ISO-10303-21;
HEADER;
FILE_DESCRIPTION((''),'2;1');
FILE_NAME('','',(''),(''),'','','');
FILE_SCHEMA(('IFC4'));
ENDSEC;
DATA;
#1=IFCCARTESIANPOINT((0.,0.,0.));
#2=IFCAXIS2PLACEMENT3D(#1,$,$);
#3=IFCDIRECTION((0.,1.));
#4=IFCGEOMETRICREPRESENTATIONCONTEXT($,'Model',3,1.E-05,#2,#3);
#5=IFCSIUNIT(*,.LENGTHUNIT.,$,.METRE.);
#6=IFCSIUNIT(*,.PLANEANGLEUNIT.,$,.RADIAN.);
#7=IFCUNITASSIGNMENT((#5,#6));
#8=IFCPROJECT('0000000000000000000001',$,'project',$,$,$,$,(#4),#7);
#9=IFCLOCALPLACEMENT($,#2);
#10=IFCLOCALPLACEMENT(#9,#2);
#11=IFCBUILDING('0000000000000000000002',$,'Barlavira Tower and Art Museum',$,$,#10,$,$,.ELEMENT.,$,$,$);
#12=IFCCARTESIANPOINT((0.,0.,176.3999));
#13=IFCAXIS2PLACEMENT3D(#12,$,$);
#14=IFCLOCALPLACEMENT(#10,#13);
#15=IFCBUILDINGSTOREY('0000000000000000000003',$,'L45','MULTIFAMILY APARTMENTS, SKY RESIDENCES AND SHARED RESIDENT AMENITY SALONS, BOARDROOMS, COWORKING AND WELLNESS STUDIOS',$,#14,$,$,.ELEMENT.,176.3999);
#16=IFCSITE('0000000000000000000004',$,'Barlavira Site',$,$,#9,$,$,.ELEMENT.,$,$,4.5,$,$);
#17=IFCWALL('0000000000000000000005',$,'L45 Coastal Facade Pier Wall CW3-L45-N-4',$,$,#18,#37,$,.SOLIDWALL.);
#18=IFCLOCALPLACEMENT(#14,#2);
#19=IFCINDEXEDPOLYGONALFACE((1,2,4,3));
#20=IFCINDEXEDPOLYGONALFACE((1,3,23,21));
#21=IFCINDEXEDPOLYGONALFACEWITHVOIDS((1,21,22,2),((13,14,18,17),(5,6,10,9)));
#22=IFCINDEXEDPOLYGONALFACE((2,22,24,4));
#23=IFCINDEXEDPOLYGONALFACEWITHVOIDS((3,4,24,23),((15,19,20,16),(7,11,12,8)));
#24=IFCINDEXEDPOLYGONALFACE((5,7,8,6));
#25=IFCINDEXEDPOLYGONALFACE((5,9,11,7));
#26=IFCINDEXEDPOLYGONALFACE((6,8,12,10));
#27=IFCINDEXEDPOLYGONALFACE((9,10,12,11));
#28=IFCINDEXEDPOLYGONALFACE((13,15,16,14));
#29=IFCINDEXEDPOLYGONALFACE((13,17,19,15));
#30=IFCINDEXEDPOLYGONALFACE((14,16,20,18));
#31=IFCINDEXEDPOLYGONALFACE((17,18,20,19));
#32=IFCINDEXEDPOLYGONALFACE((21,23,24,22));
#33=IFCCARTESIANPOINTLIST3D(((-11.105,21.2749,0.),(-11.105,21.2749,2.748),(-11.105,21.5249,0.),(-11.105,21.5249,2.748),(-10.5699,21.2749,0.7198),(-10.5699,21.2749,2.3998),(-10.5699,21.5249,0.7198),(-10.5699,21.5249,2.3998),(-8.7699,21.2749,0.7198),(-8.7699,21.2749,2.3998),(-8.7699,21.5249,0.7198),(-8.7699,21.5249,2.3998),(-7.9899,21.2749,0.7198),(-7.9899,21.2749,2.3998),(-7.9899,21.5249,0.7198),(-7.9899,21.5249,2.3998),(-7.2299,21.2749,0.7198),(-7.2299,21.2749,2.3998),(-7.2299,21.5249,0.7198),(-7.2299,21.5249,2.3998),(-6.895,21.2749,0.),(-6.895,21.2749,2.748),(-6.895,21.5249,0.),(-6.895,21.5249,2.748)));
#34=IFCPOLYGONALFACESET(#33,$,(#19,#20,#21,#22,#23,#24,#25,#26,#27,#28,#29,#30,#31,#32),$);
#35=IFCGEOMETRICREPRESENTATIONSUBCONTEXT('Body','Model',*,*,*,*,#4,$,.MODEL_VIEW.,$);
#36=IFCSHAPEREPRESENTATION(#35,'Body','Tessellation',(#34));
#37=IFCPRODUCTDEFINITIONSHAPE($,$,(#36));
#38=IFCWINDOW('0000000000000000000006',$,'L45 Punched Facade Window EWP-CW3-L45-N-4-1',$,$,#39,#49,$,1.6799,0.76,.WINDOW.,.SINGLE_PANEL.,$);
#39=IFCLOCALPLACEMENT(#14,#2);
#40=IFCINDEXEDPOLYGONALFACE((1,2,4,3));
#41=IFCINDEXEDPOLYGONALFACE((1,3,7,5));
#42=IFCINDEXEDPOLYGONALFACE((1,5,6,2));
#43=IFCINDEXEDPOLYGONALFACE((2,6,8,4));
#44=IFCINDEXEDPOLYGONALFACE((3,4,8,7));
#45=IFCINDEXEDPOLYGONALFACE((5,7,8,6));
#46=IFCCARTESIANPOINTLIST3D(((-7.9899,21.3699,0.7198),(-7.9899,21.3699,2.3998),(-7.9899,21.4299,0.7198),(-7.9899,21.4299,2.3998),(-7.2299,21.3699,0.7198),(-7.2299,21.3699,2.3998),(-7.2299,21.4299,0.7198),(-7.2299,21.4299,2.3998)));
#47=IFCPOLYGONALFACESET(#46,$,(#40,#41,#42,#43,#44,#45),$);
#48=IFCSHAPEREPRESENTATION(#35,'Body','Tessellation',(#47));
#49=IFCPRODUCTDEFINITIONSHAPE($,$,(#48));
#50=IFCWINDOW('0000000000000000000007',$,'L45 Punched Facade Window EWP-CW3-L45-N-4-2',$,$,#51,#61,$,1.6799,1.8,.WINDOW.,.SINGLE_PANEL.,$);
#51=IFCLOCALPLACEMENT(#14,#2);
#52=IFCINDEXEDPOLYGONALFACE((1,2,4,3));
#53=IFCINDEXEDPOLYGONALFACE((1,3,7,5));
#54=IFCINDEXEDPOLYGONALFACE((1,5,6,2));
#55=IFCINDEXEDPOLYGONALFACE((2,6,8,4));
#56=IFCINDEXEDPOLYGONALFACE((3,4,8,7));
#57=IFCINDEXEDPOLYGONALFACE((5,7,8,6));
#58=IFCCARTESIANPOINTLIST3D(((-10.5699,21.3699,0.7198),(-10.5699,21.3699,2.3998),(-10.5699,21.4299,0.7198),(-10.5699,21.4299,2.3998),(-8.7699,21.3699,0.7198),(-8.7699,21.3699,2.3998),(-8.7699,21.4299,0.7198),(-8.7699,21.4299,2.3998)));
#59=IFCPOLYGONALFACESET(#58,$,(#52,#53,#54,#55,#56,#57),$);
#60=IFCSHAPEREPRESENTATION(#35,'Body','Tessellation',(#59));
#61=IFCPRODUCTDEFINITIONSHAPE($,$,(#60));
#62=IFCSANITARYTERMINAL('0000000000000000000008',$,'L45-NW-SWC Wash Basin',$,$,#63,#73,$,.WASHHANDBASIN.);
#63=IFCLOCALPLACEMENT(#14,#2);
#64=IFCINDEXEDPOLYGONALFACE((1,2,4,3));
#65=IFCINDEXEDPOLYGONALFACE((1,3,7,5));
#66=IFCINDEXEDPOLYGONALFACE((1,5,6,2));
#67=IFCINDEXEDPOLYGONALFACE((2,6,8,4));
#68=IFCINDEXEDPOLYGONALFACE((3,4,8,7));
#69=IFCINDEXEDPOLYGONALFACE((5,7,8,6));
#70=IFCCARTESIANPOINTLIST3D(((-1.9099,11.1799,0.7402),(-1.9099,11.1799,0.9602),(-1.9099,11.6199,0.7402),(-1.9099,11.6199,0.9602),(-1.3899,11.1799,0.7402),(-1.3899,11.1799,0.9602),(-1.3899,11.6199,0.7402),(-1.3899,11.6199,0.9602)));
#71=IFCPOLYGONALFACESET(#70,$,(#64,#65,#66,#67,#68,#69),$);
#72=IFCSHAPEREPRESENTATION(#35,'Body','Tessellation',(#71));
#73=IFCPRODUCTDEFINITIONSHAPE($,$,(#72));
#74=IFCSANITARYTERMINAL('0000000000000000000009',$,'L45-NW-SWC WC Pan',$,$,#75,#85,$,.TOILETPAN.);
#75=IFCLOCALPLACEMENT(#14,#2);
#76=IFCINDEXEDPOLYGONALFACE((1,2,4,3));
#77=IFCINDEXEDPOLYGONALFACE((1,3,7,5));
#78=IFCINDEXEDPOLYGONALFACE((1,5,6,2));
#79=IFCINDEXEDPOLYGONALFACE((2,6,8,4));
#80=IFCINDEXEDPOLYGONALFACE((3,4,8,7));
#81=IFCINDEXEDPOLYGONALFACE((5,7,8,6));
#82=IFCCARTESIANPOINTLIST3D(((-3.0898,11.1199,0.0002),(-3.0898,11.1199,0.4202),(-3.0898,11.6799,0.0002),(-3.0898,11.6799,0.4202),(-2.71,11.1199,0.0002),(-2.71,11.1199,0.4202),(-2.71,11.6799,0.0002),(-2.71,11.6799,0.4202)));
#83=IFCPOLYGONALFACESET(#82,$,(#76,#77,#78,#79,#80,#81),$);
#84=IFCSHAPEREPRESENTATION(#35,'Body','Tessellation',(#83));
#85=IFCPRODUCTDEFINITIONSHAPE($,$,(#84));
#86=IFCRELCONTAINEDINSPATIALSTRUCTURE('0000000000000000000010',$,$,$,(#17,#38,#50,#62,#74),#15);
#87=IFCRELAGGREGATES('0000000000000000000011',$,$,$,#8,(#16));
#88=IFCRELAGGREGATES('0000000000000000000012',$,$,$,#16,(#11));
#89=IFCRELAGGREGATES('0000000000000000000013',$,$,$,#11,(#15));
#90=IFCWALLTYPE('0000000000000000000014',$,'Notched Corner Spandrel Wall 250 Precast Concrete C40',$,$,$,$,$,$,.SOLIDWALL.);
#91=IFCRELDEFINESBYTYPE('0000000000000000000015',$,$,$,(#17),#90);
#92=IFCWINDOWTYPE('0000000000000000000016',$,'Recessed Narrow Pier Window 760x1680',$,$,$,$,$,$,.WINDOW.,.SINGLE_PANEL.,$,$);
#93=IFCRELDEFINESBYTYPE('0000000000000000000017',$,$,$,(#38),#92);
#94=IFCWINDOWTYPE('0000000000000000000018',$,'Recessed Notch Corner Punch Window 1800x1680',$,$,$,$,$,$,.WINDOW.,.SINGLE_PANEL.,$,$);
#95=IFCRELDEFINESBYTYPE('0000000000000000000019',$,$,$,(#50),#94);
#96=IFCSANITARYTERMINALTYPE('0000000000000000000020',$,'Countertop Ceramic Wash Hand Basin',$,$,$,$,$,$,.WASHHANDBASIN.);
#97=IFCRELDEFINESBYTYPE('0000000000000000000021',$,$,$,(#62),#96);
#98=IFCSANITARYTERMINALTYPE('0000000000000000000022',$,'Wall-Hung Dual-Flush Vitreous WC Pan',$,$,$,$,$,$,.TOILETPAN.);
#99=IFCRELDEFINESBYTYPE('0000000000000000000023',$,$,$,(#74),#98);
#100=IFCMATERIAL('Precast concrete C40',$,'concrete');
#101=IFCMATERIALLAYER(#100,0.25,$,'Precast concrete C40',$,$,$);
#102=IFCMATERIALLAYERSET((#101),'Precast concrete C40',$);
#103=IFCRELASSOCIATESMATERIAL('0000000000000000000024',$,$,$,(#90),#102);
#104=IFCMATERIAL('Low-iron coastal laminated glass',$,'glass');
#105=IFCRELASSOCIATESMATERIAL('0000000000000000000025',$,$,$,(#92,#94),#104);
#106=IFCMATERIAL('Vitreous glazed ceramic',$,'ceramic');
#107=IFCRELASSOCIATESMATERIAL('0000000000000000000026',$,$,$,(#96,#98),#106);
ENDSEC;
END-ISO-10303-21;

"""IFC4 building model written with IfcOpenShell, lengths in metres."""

from ifc_helpers import new_model, si_unit, direction, frame, frame_2d, origin, origin_2d, place, context, subcontext, project, spatial, rectangle, extrude, material, layer, layer_set, type_object, element, fill, save


model = new_model("IFC4")

# Units and contexts
model_context = context("Model", 3, precision=1e-05, world=origin(), true_north=direction((0.0, 1.0)))
body_context = subcontext(model_context, "Body", "Model", "MODEL_VIEW")
ifc_project = project(units=[si_unit("LENGTHUNIT", "METRE"), si_unit("PLANEANGLEUNIT", "RADIAN")], contexts=[model_context])

# Site, building, storey
site_placement = place(None, origin())
site = spatial("IfcSite", under=ifc_project, at=site_placement, Name="Barlavira Site", CompositionType="ELEMENT", RefElevation=4.5)
building_placement = place(site_placement, origin())
building = spatial("IfcBuilding", under=site, at=building_placement, Name="Barlavira Tower and Art Museum", CompositionType="ELEMENT")
storey_placement = place(building_placement, frame((0.0, 0.0, 176.3999)))
storey = spatial("IfcBuildingStorey", under=building, at=storey_placement, Name="L45", Description="MULTIFAMILY APARTMENTS, SKY RESIDENCES AND SHARED RESIDENT AMENITY SALONS, BOARDROOMS, COWORKING AND WELLNESS STUDIOS", CompositionType="ELEMENT", Elevation=176.3999)

# Shared definitions
ifc_material_1 = material(Name="Low-iron coastal laminated glass", Category="glass")

# Wall, openings, windows
ifc_material_2 = material(Name="Precast concrete C40", Category="concrete")
ifc_layer_1 = layer(ifc_material_2, 0.25, Name="Precast concrete C40")
ifc_layer_set_1 = layer_set([ifc_layer_1], Name="Precast concrete C40")
wall_type_1 = type_object("IfcWallType", Name="Notched Corner Spandrel Wall 250 Precast Concrete C40", PredefinedType="SOLIDWALL", material=ifc_layer_set_1)
wall_1_placement = place(storey_placement, frame((-6.895, 21.3999, 0.0), z_axis=(0.0, 0.0, 1.0), x_axis=(-1.0, 0.0, 0.0)))
wall_1 = element("IfcWall", 1, at=wall_1_placement, inside=storey, type_object=wall_type_1, Name="L45 Coastal Facade Pier Wall CW3-L45-N-4", PredefinedType="SOLIDWALL", context=body_context, shape_type="SweptSolid", body=[
    extrude(rectangle(XDim=4.21, YDim=0.25, at=frame_2d((2.105, 0.0))), origin(), (0.0, 0.0, 1.0), 2.748),
])
opening_1_placement = place(wall_1_placement, frame((0.335, 0.0, 0.72)))
opening_1 = element("IfcOpeningElement", 2, at=opening_1_placement, cuts=wall_1, PredefinedType="OPENING", context=body_context, shape_type="SweptSolid", body=[
    extrude(rectangle(XDim=0.76, YDim=1.6799, at=frame_2d((0.3799, 0.8398))), frame((0.0, 0.135, 0.0), z_axis=(0.0, -1.0, 0.0), x_axis=(1.0, 0.0, 0.0)), (0.0, 0.0, 1.0), 0.27),
])
opening_2_placement = place(wall_1_placement, frame((1.875, 0.0, 0.72)))
opening_2 = element("IfcOpeningElement", 3, at=opening_2_placement, cuts=wall_1, PredefinedType="OPENING", context=body_context, shape_type="SweptSolid", body=[
    extrude(rectangle(XDim=1.8, YDim=1.6799, at=frame_2d((0.8999, 0.8398))), frame((0.0, 0.135, 0.0), z_axis=(0.0, -1.0, 0.0), x_axis=(1.0, 0.0, 0.0)), (0.0, 0.0, 1.0), 0.27),
])
window_type_1 = type_object("IfcWindowType", Name="Recessed Narrow Pier Window 760x1680", PartitioningType="SINGLE_PANEL", PredefinedType="WINDOW", material=ifc_material_1)
window_1_placement = place(opening_1_placement, origin())
window_1 = element("IfcWindow", 4, at=window_1_placement, inside=storey, type_object=window_type_1, Name="L45 Punched Facade Window EWP-CW3-L45-N-4-1", OverallHeight=1.6799, OverallWidth=0.76, PartitioningType="SINGLE_PANEL", PredefinedType="WINDOW", context=body_context, shape_type="SweptSolid", body=[
    extrude(rectangle(XDim=0.76, YDim=1.6799, at=frame_2d((0.3799, 0.8398))), frame((0.0, 0.03, 0.0), z_axis=(0.0, -1.0, 0.0), x_axis=(1.0, 0.0, 0.0)), (0.0, 0.0, 1.0), 0.0601),
])
fill(opening_1, window_1)
window_type_2 = type_object("IfcWindowType", Name="Recessed Notch Corner Punch Window 1800x1680", PartitioningType="SINGLE_PANEL", PredefinedType="WINDOW", material=ifc_material_1)
window_2_placement = place(opening_2_placement, origin())
window_2 = element("IfcWindow", 5, at=window_2_placement, inside=storey, type_object=window_type_2, Name="L45 Punched Facade Window EWP-CW3-L45-N-4-2", OverallHeight=1.6799, OverallWidth=1.8, PartitioningType="SINGLE_PANEL", PredefinedType="WINDOW", context=body_context, shape_type="SweptSolid", body=[
    extrude(rectangle(XDim=1.8, YDim=1.6799, at=frame_2d((0.8999, 0.8398))), frame((0.0, 0.03, 0.0), z_axis=(0.0, -1.0, 0.0), x_axis=(1.0, 0.0, 0.0)), (0.0, 0.0, 1.0), 0.0601),
])
fill(opening_2, window_2)

# Sanitary terminals
ifc_material_3 = material(Name="Vitreous glazed ceramic", Category="ceramic")
sanitary_terminal_type_1 = type_object("IfcSanitaryTerminalType", Name="Countertop Ceramic Wash Hand Basin", PredefinedType="WASHHANDBASIN", material=ifc_material_3)
sanitary_terminal_1_placement = place(storey_placement, frame((-1.6499, 11.3999, 0.7402), z_axis=(0.0, 0.0, 1.0), x_axis=(1.0, 0.0, 0.0)))
element("IfcSanitaryTerminal", 6, at=sanitary_terminal_1_placement, inside=storey, type_object=sanitary_terminal_type_1, Name="L45-NW-SWC Wash Basin", PredefinedType="WASHHANDBASIN", context=body_context, shape_type="SweptSolid", body=[
    extrude(rectangle(XDim=0.52, YDim=0.4399, at=origin_2d()), origin(), (0.0, 0.0, 1.0), 0.22),
])
sanitary_terminal_type_2 = type_object("IfcSanitaryTerminalType", Name="Wall-Hung Dual-Flush Vitreous WC Pan", PredefinedType="TOILETPAN", material=ifc_material_3)
sanitary_terminal_2_placement = place(storey_placement, frame((-2.8999, 11.3999, 0.0002), z_axis=(0.0, 0.0, 1.0), x_axis=(1.0, 0.0, 0.0)))
element("IfcSanitaryTerminal", 7, at=sanitary_terminal_2_placement, inside=storey, type_object=sanitary_terminal_type_2, Name="L45-NW-SWC WC Pan", PredefinedType="TOILETPAN", context=body_context, shape_type="SweptSolid", body=[
    extrude(rectangle(XDim=0.3799, YDim=0.5601, at=origin_2d()), origin(), (0.0, 0.0, 1.0), 0.4199),
])

save(model, "model.ifc")
